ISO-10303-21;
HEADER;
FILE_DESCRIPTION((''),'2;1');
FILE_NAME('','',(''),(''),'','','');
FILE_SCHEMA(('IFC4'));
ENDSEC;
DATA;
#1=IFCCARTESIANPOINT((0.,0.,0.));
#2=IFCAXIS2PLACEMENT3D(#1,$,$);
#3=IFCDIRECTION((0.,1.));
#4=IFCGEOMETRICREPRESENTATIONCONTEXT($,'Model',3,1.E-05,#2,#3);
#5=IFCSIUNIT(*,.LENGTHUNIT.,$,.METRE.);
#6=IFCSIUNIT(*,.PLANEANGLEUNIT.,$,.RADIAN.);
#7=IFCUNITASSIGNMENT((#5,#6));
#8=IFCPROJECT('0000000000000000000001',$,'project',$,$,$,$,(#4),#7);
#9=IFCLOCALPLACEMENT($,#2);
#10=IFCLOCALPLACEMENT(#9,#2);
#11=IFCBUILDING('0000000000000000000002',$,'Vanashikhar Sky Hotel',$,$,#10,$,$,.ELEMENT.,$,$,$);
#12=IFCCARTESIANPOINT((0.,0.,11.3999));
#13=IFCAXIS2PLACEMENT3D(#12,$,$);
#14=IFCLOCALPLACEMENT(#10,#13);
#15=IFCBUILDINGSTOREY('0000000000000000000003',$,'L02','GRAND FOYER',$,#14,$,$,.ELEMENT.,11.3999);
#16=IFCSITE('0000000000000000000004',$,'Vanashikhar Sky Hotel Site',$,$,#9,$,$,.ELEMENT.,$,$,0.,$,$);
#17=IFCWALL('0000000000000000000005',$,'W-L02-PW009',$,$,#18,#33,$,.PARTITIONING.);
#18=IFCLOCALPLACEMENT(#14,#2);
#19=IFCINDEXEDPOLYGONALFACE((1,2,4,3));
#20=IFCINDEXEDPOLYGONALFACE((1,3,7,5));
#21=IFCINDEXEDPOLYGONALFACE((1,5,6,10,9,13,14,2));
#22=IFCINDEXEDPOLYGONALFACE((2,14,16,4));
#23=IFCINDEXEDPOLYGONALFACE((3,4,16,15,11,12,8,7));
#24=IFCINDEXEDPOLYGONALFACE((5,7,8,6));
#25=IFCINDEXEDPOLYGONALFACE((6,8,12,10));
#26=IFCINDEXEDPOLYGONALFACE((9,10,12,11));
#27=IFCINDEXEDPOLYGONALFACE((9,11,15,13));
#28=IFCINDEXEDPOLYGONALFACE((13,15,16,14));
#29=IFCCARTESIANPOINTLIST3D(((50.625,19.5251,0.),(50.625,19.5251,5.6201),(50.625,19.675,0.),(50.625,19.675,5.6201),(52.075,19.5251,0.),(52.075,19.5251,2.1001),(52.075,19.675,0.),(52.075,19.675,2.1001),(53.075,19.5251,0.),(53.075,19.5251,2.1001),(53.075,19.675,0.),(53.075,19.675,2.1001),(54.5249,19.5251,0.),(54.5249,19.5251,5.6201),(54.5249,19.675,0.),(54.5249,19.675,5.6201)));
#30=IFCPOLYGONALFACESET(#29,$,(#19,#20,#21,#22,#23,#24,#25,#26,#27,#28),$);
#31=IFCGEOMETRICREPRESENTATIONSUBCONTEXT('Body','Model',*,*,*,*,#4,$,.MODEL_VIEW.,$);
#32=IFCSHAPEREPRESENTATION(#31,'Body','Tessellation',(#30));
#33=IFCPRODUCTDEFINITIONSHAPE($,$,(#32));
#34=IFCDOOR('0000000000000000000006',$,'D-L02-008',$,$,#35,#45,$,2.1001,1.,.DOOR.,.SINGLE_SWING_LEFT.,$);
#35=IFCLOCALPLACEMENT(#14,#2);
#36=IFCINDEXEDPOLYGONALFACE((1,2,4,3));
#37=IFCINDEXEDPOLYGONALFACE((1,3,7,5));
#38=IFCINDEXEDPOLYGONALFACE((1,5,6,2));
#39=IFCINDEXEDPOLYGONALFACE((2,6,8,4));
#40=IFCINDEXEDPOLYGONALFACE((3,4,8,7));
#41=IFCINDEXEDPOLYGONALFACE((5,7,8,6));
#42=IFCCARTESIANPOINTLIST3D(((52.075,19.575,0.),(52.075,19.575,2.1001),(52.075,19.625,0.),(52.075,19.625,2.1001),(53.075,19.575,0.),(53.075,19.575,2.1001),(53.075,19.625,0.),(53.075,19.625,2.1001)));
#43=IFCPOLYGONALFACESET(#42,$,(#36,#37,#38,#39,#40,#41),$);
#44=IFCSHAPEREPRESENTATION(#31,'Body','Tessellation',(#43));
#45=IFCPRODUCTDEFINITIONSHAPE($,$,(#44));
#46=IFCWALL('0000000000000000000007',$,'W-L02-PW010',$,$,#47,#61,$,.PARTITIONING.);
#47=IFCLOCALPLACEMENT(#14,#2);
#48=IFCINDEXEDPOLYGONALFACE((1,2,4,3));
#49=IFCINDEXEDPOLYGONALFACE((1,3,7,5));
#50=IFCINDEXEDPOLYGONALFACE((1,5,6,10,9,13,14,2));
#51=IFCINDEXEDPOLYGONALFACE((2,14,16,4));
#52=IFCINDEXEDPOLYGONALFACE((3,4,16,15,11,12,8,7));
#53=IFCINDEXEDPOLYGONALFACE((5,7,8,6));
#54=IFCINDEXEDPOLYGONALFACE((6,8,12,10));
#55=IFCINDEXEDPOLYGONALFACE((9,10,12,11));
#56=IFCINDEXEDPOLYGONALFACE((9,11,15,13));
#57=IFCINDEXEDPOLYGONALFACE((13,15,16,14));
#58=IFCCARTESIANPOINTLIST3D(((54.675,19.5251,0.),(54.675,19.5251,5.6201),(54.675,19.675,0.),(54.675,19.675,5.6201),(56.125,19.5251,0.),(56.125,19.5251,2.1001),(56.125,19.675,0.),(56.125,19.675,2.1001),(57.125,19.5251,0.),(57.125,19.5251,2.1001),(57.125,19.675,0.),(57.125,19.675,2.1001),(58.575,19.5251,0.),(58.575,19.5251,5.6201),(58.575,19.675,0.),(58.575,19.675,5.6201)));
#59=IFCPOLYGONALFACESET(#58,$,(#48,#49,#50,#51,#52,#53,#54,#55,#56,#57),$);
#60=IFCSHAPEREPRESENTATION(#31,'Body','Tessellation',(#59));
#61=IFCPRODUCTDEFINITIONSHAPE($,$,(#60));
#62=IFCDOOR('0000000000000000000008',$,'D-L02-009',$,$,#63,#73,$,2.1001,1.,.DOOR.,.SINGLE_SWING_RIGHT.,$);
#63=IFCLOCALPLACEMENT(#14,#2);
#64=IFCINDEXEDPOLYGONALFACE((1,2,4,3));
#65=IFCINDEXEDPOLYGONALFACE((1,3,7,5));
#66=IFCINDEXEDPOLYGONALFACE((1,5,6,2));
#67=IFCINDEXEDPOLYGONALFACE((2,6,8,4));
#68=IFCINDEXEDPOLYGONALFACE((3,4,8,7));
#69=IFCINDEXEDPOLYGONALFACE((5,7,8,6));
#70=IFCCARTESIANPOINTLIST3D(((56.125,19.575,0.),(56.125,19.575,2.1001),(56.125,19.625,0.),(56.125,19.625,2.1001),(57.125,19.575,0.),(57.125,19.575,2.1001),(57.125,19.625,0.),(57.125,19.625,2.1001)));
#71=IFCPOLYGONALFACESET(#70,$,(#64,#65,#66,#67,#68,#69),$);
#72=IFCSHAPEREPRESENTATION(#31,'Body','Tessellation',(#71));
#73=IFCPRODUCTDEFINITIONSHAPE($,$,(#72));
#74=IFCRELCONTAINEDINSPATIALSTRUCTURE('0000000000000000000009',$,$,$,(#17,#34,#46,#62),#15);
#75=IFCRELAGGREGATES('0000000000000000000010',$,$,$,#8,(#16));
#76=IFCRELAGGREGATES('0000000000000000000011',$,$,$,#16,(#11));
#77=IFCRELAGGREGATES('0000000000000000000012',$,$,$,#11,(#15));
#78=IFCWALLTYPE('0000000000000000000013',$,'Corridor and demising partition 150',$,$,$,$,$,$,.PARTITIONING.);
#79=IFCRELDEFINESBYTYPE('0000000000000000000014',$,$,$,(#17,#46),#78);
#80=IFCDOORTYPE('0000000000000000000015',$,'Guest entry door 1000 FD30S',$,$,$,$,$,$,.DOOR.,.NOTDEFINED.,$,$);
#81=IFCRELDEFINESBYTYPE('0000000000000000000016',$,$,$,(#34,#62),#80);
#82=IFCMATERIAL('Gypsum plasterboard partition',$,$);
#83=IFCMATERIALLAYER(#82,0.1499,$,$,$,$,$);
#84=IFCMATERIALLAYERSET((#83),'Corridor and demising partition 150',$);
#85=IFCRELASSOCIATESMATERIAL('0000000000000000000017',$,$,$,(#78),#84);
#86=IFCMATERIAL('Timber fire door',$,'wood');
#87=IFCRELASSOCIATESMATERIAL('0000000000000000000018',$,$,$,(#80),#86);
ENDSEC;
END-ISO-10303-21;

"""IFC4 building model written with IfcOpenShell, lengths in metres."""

from ifc_helpers import new_model, si_unit, direction, frame, frame_2d, origin, place, context, subcontext, project, spatial, rectangle, extrude, source, transform, mapped, material, layer, layer_set, type_object, element, fill, save


model = new_model("IFC4")

# Units and contexts
model_context = context("Model", 3, precision=1e-05, world=origin(), true_north=direction((0.0, 1.0)))
body_context = subcontext(model_context, "Body", "Model", "MODEL_VIEW")
ifc_project = project(units=[si_unit("LENGTHUNIT", "METRE"), si_unit("PLANEANGLEUNIT", "RADIAN")], contexts=[model_context])

# Site, building, storey
site_placement = place(None, origin())
site = spatial("IfcSite", under=ifc_project, at=site_placement, Name="Vanashikhar Sky Hotel Site", CompositionType="ELEMENT", RefElevation=0.0)
building_placement = place(site_placement, origin())
building = spatial("IfcBuilding", under=site, at=building_placement, Name="Vanashikhar Sky Hotel", CompositionType="ELEMENT")
storey_placement = place(building_placement, frame((0.0, 0.0, 11.3999)))
storey = spatial("IfcBuildingStorey", under=building, at=storey_placement, Name="L02", Description="GRAND FOYER", CompositionType="ELEMENT", Elevation=11.3999)

# Walls, openings, doors
ifc_material_1 = material(Name="Gypsum plasterboard partition")
ifc_layer_1 = layer(ifc_material_1, 0.1499)
ifc_layer_set_1 = layer_set([ifc_layer_1], Name="Corridor and demising partition 150")
wall_type_1 = type_object("IfcWallType", Name="Corridor and demising partition 150", PredefinedType="PARTITIONING", material=ifc_layer_set_1)
ifc_material_2 = material(Name="Timber fire door", Category="wood")
shared_shape_1 = source(origin(), body_context, "Body", "SweptSolid", [
    extrude(rectangle(XDim=3.8999, YDim=0.1499, at=frame_2d((1.95, 0.0))), origin(), (0.0, 0.0, 1.0), 5.6201),
])
wall_1_placement = place(storey_placement, frame((50.625, 19.6001, 0.0), z_axis=(0.0, 0.0, 1.0), x_axis=(1.0, 0.0, 0.0)))
wall_1 = element("IfcWall", 1, at=wall_1_placement, inside=storey, type_object=wall_type_1, Name="W-L02-PW009", PredefinedType="PARTITIONING", context=body_context, shape_type="MappedRepresentation", body=[
    mapped(shared_shape_1, transform((0.0, 0.0, 0.0), scale=1.0)),
])
shared_shape_2 = source(origin(), body_context, "Body", "SweptSolid", [
    extrude(rectangle(XDim=1.0, YDim=2.1001, at=frame_2d((0.5, 1.05))), frame((0.0, 0.085, 0.0), z_axis=(0.0, -1.0, 0.0), x_axis=(1.0, 0.0, 0.0)), (0.0, 0.0, 1.0), 0.1699),
])
opening_1_placement = place(wall_1_placement, frame((1.45, 0.0, 0.0)))
opening_1 = element("IfcOpeningElement", 2, at=opening_1_placement, cuts=wall_1, PredefinedType="OPENING", context=body_context, shape_type="MappedRepresentation", body=[
    mapped(shared_shape_2, transform((0.0, 0.0, 0.0), scale=1.0)),
])
door_type_1 = type_object("IfcDoorType", Name="Guest entry door 1000 FD30S", OperationType="NOTDEFINED", PredefinedType="DOOR", material=ifc_material_2)
shared_shape_3 = source(origin(), body_context, "Body", "SweptSolid", [
    extrude(rectangle(XDim=1.0, YDim=2.1001, at=frame_2d((0.5, 1.05))), frame((0.0, 0.0249, 0.0), z_axis=(0.0, -1.0, 0.0), x_axis=(1.0, 0.0, 0.0)), (0.0, 0.0, 1.0), 0.05),
])
door_1_placement = place(opening_1_placement, origin())
door_1 = element("IfcDoor", 3, at=door_1_placement, inside=storey, type_object=door_type_1, Name="D-L02-008", OperationType="SINGLE_SWING_LEFT", OverallHeight=2.1001, OverallWidth=1.0, PredefinedType="DOOR", context=body_context, shape_type="MappedRepresentation", body=[
    mapped(shared_shape_3, transform((0.0, 0.0, 0.0), scale=1.0)),
])
fill(opening_1, door_1)
wall_2_placement = place(storey_placement, frame((54.675, 19.6001, 0.0), z_axis=(0.0, 0.0, 1.0), x_axis=(1.0, 0.0, 0.0)))
wall_2 = element("IfcWall", 4, at=wall_2_placement, inside=storey, type_object=wall_type_1, Name="W-L02-PW010", PredefinedType="PARTITIONING", context=body_context, shape_type="MappedRepresentation", body=[
    mapped(shared_shape_1, transform((0.0, 0.0, 0.0), scale=1.0)),
])
opening_2_placement = place(wall_2_placement, frame((1.45, 0.0, 0.0)))
opening_2 = element("IfcOpeningElement", 5, at=opening_2_placement, cuts=wall_2, PredefinedType="OPENING", context=body_context, shape_type="MappedRepresentation", body=[
    mapped(shared_shape_2, transform((0.0, 0.0, 0.0), scale=1.0)),
])
door_2_placement = place(opening_2_placement, origin())
door_2 = element("IfcDoor", 6, at=door_2_placement, inside=storey, type_object=door_type_1, Name="D-L02-009", OperationType="SINGLE_SWING_RIGHT", OverallHeight=2.1001, OverallWidth=1.0, PredefinedType="DOOR", context=body_context, shape_type="MappedRepresentation", body=[
    mapped(shared_shape_3, transform((0.0, 0.0, 0.0), scale=1.0)),
])
fill(opening_2, door_2)

save(model, "model.ifc")
